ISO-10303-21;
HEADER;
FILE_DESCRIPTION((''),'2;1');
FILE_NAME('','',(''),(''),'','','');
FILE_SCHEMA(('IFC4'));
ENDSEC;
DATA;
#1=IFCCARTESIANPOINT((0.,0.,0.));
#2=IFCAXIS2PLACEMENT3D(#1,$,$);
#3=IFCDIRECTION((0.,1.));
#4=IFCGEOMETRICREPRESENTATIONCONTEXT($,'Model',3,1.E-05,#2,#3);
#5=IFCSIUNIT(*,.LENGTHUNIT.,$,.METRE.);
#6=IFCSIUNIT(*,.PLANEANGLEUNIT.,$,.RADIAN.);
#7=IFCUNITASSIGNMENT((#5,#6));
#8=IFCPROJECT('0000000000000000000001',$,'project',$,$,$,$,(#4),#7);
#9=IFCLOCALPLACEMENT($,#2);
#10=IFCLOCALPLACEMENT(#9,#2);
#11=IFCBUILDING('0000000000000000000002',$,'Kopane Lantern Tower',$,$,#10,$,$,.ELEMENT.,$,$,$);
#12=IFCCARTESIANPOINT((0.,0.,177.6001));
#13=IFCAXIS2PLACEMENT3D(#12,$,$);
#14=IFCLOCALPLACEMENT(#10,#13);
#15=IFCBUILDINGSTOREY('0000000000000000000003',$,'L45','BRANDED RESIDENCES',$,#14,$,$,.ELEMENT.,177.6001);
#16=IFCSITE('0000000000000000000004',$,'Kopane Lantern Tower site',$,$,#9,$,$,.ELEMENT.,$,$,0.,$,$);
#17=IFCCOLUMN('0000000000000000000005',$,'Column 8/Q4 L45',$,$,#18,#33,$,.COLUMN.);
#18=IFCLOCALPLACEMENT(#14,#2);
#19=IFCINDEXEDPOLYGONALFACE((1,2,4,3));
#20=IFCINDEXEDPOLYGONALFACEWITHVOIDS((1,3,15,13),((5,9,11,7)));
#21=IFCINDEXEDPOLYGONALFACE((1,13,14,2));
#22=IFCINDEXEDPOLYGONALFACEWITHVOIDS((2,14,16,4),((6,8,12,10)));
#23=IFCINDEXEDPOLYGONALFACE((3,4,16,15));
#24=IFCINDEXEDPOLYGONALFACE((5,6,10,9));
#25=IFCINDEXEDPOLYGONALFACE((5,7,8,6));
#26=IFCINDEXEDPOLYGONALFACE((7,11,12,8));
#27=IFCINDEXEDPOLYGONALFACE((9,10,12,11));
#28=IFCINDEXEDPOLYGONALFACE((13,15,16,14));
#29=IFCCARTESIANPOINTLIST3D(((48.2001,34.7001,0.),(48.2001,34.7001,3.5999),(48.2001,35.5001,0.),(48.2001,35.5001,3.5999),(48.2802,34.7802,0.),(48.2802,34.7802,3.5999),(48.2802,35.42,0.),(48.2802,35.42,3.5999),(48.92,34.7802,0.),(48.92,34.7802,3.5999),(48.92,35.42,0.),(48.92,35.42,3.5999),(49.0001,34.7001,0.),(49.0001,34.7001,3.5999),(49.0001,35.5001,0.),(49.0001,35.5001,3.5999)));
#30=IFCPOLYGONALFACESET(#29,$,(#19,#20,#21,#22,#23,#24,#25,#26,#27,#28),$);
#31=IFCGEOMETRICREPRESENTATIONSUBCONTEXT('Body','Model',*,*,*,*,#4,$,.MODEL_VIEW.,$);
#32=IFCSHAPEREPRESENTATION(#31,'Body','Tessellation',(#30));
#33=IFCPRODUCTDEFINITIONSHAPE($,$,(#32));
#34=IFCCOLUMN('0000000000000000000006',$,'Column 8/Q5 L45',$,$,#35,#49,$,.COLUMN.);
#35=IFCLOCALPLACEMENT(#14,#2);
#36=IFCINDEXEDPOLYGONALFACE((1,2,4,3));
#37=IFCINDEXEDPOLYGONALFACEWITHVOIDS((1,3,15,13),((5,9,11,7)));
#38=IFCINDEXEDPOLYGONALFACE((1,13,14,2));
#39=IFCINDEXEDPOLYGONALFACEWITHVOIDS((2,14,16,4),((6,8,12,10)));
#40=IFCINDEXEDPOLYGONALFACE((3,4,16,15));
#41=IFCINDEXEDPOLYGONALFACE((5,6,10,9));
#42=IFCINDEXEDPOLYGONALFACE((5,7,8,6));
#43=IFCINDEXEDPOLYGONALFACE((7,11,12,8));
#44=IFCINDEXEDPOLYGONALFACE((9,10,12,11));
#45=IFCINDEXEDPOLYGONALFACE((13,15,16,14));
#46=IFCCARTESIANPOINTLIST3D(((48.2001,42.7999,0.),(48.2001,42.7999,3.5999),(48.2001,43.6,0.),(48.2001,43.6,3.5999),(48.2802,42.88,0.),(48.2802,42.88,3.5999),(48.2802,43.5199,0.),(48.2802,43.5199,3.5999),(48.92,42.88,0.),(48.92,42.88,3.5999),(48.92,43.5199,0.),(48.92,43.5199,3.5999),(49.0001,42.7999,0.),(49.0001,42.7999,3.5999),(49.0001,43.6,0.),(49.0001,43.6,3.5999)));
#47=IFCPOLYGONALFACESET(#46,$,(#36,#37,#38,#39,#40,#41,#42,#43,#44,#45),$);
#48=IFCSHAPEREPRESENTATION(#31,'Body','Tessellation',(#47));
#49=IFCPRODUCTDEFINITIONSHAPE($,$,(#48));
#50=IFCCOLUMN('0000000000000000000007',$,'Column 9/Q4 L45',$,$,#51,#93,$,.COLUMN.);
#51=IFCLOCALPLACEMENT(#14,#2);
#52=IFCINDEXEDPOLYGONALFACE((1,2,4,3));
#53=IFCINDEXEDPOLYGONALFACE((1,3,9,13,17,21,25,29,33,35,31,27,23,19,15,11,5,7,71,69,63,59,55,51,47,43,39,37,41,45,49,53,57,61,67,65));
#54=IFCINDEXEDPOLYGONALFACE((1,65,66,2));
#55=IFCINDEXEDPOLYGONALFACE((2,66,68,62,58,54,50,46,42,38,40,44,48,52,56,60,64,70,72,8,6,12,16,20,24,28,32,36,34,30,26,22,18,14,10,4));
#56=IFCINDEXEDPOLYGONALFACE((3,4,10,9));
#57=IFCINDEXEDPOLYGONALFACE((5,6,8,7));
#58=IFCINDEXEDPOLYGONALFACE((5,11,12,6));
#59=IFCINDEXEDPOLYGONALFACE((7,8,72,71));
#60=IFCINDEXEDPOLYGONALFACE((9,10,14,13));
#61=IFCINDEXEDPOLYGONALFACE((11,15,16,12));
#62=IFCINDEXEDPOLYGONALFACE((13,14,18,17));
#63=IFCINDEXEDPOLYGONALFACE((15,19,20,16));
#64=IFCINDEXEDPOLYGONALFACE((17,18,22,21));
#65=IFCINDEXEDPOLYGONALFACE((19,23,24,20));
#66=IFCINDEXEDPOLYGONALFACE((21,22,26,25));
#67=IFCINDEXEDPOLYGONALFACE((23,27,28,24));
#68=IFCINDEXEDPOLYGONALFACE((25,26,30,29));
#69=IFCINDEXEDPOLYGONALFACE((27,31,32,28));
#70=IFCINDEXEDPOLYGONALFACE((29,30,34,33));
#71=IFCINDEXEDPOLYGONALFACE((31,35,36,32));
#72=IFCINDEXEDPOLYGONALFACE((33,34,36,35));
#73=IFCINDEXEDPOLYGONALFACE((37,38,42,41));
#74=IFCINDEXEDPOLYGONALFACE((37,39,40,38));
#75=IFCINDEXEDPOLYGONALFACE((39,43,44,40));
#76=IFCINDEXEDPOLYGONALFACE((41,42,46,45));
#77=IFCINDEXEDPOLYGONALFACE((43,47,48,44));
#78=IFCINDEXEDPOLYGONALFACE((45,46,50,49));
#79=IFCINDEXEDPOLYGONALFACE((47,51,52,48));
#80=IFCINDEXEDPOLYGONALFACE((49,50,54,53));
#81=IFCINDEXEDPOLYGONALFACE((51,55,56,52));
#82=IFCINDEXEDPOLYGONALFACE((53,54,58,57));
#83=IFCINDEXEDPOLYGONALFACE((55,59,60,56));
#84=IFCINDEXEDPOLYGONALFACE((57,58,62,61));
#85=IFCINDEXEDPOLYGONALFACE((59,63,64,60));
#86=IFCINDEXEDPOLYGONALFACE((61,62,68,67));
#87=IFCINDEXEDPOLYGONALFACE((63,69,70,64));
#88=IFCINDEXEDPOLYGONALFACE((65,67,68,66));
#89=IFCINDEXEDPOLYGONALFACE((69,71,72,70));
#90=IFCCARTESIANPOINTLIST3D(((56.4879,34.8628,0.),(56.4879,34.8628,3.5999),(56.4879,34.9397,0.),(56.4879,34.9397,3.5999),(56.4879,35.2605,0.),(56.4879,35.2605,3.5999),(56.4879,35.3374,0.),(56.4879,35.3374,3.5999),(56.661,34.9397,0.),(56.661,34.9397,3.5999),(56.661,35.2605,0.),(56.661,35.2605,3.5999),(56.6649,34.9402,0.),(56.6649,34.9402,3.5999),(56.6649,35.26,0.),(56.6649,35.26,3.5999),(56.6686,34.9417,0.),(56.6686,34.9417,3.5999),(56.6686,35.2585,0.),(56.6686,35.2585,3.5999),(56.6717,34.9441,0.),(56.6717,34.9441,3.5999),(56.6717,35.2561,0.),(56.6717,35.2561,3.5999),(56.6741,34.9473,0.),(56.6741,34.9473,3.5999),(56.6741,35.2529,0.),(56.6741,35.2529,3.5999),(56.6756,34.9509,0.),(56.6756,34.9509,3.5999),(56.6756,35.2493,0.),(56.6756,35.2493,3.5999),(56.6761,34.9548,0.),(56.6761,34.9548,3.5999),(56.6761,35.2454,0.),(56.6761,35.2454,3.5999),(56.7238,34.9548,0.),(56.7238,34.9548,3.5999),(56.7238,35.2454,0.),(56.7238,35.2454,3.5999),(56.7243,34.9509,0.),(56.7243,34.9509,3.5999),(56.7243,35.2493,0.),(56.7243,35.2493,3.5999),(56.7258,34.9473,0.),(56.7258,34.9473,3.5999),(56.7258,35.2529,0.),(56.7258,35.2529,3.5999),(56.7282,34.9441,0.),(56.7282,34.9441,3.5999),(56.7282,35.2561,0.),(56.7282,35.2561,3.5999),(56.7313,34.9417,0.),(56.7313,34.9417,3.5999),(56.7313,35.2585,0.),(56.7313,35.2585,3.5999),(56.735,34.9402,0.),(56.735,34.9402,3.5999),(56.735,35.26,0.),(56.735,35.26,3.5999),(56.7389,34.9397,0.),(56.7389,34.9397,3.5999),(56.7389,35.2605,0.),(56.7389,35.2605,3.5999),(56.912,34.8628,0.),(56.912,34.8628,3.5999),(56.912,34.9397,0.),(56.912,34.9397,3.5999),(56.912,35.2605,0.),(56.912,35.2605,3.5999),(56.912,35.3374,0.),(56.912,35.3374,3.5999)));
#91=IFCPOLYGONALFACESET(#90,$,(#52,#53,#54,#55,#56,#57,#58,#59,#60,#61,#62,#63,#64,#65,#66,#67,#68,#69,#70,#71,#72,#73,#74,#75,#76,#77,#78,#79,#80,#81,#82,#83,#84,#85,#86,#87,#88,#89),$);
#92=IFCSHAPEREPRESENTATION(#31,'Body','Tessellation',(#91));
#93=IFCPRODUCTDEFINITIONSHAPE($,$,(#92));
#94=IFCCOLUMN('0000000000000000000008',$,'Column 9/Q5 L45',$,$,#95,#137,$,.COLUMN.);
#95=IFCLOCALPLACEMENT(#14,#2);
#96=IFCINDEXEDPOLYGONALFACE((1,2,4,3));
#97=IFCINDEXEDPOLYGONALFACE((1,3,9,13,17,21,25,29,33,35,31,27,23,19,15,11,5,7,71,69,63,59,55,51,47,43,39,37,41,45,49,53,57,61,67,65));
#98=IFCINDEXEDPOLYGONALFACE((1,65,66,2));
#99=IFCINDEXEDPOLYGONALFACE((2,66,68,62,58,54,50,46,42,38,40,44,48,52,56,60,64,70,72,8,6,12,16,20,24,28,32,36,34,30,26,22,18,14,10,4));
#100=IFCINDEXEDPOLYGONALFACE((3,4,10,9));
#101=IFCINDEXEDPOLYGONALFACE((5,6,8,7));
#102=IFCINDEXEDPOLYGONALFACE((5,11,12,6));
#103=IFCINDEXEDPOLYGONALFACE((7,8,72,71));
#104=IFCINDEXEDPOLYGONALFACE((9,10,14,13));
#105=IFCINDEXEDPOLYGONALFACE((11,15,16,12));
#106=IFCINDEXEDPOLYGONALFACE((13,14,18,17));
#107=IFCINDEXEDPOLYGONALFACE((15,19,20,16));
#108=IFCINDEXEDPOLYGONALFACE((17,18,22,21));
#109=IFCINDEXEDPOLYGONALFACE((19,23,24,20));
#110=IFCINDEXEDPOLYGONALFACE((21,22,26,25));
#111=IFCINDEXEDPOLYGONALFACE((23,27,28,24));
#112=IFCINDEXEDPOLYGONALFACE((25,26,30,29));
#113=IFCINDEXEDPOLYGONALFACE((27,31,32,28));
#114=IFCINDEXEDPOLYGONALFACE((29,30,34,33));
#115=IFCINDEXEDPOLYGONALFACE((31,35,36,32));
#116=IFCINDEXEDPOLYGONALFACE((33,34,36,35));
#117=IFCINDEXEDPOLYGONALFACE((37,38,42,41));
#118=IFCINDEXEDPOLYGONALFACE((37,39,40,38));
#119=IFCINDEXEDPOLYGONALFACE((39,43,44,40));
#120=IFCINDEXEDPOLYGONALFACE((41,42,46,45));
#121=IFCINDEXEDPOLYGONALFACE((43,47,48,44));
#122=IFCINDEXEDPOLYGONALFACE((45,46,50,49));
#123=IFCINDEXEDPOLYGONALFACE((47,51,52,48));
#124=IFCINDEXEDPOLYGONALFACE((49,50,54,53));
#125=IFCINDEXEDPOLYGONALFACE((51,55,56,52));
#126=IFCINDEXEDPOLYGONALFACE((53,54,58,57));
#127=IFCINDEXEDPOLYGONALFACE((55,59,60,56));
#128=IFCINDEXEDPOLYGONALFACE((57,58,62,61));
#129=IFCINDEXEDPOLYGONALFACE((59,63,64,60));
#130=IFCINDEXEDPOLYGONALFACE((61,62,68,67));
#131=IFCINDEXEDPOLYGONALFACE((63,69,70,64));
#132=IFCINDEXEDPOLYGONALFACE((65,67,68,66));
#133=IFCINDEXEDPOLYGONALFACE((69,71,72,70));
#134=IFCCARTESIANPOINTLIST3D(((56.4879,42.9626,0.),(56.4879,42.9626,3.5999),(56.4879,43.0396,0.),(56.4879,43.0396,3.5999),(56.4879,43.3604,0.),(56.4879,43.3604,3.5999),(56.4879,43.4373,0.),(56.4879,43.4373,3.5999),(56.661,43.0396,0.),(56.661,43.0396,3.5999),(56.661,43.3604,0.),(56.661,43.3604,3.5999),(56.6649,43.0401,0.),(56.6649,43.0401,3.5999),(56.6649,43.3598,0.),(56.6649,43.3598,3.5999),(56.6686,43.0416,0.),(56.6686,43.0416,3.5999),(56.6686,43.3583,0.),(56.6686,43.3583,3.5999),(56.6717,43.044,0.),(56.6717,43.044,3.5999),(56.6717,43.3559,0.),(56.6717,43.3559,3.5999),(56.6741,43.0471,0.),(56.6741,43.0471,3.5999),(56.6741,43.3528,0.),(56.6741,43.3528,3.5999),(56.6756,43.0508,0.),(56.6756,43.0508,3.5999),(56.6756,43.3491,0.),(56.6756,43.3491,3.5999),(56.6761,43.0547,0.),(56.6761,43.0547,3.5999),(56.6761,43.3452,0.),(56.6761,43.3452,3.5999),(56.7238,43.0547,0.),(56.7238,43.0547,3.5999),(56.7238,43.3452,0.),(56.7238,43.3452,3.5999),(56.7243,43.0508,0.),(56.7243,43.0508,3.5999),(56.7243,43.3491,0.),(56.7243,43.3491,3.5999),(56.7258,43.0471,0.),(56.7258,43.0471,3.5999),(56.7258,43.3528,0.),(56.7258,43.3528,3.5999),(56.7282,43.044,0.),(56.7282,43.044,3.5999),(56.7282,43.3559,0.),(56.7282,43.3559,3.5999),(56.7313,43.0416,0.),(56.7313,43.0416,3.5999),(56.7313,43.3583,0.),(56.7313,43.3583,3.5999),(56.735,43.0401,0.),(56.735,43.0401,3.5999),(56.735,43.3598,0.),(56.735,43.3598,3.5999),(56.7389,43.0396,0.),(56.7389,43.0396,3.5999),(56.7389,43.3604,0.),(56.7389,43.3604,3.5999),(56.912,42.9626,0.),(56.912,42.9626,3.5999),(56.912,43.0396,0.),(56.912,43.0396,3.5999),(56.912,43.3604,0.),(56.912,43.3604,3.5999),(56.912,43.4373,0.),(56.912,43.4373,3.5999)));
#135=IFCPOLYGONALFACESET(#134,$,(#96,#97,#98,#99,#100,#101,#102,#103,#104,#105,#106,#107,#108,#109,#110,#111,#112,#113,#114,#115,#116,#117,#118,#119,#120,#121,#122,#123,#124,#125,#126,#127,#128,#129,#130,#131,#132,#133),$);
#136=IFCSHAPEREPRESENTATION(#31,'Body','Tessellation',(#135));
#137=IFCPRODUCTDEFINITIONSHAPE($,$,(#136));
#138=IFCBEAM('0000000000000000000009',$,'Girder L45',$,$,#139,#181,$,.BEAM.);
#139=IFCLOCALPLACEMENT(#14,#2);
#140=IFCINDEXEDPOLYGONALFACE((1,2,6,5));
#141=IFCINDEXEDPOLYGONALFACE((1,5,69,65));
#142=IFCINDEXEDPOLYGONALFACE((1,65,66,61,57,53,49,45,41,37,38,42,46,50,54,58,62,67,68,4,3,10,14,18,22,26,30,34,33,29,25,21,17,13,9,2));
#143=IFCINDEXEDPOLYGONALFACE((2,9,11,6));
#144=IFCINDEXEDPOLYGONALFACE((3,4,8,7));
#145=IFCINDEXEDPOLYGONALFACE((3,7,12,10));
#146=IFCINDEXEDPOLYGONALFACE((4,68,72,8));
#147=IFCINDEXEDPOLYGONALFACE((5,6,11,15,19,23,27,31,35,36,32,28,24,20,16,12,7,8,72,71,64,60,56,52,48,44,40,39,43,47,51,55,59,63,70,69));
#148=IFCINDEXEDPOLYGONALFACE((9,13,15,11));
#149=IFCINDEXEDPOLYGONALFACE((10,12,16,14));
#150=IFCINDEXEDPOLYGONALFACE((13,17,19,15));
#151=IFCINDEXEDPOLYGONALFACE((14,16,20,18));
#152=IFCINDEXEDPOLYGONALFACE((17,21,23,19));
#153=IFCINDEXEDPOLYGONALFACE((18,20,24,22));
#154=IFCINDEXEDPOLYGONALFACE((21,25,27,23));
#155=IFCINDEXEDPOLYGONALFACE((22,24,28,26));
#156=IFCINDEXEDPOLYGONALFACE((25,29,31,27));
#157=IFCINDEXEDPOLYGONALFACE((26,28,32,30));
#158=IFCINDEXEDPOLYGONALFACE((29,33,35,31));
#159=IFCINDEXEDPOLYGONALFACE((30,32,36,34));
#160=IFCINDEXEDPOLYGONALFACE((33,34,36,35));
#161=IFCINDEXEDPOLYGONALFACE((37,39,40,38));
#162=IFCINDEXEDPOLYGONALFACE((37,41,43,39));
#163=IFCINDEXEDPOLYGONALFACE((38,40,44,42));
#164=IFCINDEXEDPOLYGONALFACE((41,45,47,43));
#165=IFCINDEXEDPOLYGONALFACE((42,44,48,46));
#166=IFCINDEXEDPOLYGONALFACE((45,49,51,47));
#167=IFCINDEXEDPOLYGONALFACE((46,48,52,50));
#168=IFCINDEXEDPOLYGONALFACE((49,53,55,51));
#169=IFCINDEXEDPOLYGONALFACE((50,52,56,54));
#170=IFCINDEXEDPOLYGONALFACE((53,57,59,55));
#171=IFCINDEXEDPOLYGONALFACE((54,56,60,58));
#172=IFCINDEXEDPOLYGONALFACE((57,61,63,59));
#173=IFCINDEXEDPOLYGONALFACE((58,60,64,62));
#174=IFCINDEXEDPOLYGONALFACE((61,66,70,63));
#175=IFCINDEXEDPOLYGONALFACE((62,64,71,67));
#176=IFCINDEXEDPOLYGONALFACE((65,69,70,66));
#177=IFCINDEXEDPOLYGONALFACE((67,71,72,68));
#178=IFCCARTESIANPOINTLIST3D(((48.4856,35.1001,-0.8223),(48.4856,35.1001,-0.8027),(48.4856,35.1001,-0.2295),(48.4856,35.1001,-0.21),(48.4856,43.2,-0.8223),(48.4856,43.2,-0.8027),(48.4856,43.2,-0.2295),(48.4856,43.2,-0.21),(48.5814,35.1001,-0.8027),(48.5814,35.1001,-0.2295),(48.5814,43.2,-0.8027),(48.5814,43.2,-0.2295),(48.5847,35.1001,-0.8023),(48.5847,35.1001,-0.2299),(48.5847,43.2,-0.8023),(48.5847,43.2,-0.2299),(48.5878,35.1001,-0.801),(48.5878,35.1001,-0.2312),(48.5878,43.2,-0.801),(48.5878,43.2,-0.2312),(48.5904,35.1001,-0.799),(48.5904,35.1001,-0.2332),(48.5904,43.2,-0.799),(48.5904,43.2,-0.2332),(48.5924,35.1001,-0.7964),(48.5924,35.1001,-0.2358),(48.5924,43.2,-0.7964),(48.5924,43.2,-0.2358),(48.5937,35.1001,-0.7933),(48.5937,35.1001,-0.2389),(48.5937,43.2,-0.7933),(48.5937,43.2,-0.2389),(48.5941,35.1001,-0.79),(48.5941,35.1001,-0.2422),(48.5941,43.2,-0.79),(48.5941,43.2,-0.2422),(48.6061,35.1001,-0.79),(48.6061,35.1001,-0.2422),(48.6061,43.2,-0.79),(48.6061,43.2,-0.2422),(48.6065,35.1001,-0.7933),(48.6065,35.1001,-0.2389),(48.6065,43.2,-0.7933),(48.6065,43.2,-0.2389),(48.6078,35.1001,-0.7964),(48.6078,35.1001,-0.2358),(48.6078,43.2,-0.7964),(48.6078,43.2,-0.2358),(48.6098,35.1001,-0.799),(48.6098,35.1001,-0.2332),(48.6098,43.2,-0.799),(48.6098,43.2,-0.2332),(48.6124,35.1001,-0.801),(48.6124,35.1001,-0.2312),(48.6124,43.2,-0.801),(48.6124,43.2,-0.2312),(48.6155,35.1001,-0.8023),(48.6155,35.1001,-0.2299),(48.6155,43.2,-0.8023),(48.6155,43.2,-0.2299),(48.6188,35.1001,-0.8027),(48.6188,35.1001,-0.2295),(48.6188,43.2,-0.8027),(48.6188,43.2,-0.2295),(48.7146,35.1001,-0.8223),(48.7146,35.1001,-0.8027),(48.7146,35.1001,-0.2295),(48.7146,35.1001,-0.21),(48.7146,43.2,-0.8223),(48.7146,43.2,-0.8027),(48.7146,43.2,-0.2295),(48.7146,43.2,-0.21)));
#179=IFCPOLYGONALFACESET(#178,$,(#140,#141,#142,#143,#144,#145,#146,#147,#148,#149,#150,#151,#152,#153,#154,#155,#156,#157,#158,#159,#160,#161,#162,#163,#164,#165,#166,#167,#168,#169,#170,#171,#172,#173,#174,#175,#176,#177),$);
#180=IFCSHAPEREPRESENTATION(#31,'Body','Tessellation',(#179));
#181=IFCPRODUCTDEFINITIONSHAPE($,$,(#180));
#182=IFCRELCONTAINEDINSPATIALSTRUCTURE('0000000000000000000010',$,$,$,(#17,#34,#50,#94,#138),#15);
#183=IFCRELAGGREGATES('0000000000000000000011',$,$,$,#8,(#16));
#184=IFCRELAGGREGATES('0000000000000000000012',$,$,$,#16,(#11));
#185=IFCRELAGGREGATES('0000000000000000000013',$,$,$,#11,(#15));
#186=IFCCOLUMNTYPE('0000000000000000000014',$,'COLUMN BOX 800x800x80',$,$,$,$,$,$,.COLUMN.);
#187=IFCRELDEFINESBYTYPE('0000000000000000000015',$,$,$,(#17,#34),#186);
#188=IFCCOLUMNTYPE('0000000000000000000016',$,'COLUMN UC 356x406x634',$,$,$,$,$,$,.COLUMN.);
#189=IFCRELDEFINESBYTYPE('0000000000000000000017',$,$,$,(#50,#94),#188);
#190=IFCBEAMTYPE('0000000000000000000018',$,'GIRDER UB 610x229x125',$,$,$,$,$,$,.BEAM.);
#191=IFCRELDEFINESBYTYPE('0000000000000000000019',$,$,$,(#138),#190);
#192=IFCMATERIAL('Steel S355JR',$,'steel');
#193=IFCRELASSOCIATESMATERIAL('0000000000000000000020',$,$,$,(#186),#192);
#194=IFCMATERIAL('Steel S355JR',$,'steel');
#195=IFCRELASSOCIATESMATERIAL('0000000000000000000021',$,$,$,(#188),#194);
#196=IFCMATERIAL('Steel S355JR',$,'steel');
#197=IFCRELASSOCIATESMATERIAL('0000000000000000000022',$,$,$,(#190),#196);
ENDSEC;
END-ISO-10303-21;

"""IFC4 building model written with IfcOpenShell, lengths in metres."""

from ifc_helpers import new_model, si_unit, direction, frame, origin, origin_2d, place, context, subcontext, project, spatial, hollow_rectangle, i_section, extrude, material, material_profile, profile_set, type_object, element, save


model = new_model("IFC4")

# Units and contexts
model_context = context("Model", 3, precision=1e-05, world=origin(), true_north=direction((0.0, 1.0)))
body_context = subcontext(model_context, "Body", "Model", "MODEL_VIEW")
ifc_project = project(units=[si_unit("LENGTHUNIT", "METRE"), si_unit("PLANEANGLEUNIT", "RADIAN")], contexts=[model_context])

# Site, building, storey
site_placement = place(None, origin())
site = spatial("IfcSite", under=ifc_project, at=site_placement, Name="Kopane Lantern Tower site", CompositionType="ELEMENT", RefElevation=0.0)
building_placement = place(site_placement, origin())
building = spatial("IfcBuilding", under=site, at=building_placement, Name="Kopane Lantern Tower", CompositionType="ELEMENT")
storey_placement = place(building_placement, frame((0.0, 0.0, 177.6001)))
storey = spatial("IfcBuildingStorey", under=building, at=storey_placement, Name="L45", Description="BRANDED RESIDENCES", CompositionType="ELEMENT", Elevation=177.6001)

# Columns
ifc_material_1 = material(Name="Steel S355JR", Category="steel")
ifc_material_profile_1 = material_profile(ifc_material_1, hollow_rectangle(XDim=0.8, YDim=0.8, WallThickness=0.0801, at=origin_2d()), Name="BOX 800x800x80")
ifc_profile_set_1 = profile_set([ifc_material_profile_1], Name="Steel S355JR")
column_type_1 = type_object("IfcColumnType", Name="COLUMN BOX 800x800x80", PredefinedType="COLUMN", material=ifc_profile_set_1)
for number, where, z_axis, x_axis, name in (
    (1, (48.6001, 35.1001, 0.0), (0.0, 0.0, 1.0), (1.0, 0.0, 0.0), "Column 8/Q4 L45"),
    (2, (48.6001, 43.2, 0.0), (0.0, 0.0, 1.0), (1.0, 0.0, 0.0), "Column 8/Q5 L45"),
):
    element("IfcColumn", number, at=place(storey_placement, frame(where, z_axis=z_axis, x_axis=x_axis)), inside=storey, type_object=column_type_1, Name=name, PredefinedType="COLUMN", context=body_context, shape_type="SweptSolid", body=[
        extrude(hollow_rectangle(XDim=0.8, YDim=0.8, WallThickness=0.0801, at=origin_2d()), origin(), (0.0, 0.0, 1.0), 3.5999),
    ])
ifc_material_2 = material(Name="Steel S355JR", Category="steel")
ifc_material_profile_2 = material_profile(ifc_material_2, i_section(OverallWidth=0.4241, OverallDepth=0.4746, WebThickness=0.0476, FlangeThickness=0.0769, FilletRadius=0.0151, at=origin_2d()), Name="UC 356x406x634")
ifc_profile_set_2 = profile_set([ifc_material_profile_2], Name="Steel S355JR")
column_type_2 = type_object("IfcColumnType", Name="COLUMN UC 356x406x634", PredefinedType="COLUMN", material=ifc_profile_set_2)
for number, where, z_axis, x_axis, name in (
    (3, (56.7, 35.1001, 0.0), (0.0, 0.0, 1.0), (1.0, 0.0, 0.0), "Column 9/Q4 L45"),
    (4, (56.7, 43.2, 0.0), (0.0, 0.0, 1.0), (1.0, 0.0, 0.0), "Column 9/Q5 L45"),
):
    element("IfcColumn", number, at=place(storey_placement, frame(where, z_axis=z_axis, x_axis=x_axis)), inside=storey, type_object=column_type_2, Name=name, PredefinedType="COLUMN", context=body_context, shape_type="SweptSolid", body=[
        extrude(i_section(OverallWidth=0.4241, OverallDepth=0.4746, WebThickness=0.0476, FlangeThickness=0.0769, FilletRadius=0.0151, at=origin_2d()), origin(), (0.0, 0.0, 1.0), 3.5999),
    ])

# Beam
ifc_material_3 = material(Name="Steel S355JR", Category="steel")
ifc_material_profile_3 = material_profile(ifc_material_3, i_section(OverallWidth=0.229, OverallDepth=0.6123, WebThickness=0.012, FlangeThickness=0.0195, FilletRadius=0.0127, at=origin_2d()), Name="UB 610x229x125")
ifc_profile_set_3 = profile_set([ifc_material_profile_3], Name="Steel S355JR")
beam_type = type_object("IfcBeamType", Name="GIRDER UB 610x229x125", PredefinedType="BEAM", material=ifc_profile_set_3)
for number, where, z_axis, x_axis, name in (
    (5, (48.6001, 35.1001, -0.5161), (0.0, 1.0, 0.0), (-1.0, 0.0, 0.0), "Girder L45"),
):
    element("IfcBeam", number, at=place(storey_placement, frame(where, z_axis=z_axis, x_axis=x_axis)), inside=storey, type_object=beam_type, Name=name, PredefinedType="BEAM", context=body_context, shape_type="SweptSolid", body=[
        extrude(i_section(OverallWidth=0.229, OverallDepth=0.6123, WebThickness=0.012, FlangeThickness=0.0195, FilletRadius=0.0127, at=origin_2d()), origin(), (0.0, 0.0, 1.0), 8.0999),
    ])

save(model, "model.ifc")
